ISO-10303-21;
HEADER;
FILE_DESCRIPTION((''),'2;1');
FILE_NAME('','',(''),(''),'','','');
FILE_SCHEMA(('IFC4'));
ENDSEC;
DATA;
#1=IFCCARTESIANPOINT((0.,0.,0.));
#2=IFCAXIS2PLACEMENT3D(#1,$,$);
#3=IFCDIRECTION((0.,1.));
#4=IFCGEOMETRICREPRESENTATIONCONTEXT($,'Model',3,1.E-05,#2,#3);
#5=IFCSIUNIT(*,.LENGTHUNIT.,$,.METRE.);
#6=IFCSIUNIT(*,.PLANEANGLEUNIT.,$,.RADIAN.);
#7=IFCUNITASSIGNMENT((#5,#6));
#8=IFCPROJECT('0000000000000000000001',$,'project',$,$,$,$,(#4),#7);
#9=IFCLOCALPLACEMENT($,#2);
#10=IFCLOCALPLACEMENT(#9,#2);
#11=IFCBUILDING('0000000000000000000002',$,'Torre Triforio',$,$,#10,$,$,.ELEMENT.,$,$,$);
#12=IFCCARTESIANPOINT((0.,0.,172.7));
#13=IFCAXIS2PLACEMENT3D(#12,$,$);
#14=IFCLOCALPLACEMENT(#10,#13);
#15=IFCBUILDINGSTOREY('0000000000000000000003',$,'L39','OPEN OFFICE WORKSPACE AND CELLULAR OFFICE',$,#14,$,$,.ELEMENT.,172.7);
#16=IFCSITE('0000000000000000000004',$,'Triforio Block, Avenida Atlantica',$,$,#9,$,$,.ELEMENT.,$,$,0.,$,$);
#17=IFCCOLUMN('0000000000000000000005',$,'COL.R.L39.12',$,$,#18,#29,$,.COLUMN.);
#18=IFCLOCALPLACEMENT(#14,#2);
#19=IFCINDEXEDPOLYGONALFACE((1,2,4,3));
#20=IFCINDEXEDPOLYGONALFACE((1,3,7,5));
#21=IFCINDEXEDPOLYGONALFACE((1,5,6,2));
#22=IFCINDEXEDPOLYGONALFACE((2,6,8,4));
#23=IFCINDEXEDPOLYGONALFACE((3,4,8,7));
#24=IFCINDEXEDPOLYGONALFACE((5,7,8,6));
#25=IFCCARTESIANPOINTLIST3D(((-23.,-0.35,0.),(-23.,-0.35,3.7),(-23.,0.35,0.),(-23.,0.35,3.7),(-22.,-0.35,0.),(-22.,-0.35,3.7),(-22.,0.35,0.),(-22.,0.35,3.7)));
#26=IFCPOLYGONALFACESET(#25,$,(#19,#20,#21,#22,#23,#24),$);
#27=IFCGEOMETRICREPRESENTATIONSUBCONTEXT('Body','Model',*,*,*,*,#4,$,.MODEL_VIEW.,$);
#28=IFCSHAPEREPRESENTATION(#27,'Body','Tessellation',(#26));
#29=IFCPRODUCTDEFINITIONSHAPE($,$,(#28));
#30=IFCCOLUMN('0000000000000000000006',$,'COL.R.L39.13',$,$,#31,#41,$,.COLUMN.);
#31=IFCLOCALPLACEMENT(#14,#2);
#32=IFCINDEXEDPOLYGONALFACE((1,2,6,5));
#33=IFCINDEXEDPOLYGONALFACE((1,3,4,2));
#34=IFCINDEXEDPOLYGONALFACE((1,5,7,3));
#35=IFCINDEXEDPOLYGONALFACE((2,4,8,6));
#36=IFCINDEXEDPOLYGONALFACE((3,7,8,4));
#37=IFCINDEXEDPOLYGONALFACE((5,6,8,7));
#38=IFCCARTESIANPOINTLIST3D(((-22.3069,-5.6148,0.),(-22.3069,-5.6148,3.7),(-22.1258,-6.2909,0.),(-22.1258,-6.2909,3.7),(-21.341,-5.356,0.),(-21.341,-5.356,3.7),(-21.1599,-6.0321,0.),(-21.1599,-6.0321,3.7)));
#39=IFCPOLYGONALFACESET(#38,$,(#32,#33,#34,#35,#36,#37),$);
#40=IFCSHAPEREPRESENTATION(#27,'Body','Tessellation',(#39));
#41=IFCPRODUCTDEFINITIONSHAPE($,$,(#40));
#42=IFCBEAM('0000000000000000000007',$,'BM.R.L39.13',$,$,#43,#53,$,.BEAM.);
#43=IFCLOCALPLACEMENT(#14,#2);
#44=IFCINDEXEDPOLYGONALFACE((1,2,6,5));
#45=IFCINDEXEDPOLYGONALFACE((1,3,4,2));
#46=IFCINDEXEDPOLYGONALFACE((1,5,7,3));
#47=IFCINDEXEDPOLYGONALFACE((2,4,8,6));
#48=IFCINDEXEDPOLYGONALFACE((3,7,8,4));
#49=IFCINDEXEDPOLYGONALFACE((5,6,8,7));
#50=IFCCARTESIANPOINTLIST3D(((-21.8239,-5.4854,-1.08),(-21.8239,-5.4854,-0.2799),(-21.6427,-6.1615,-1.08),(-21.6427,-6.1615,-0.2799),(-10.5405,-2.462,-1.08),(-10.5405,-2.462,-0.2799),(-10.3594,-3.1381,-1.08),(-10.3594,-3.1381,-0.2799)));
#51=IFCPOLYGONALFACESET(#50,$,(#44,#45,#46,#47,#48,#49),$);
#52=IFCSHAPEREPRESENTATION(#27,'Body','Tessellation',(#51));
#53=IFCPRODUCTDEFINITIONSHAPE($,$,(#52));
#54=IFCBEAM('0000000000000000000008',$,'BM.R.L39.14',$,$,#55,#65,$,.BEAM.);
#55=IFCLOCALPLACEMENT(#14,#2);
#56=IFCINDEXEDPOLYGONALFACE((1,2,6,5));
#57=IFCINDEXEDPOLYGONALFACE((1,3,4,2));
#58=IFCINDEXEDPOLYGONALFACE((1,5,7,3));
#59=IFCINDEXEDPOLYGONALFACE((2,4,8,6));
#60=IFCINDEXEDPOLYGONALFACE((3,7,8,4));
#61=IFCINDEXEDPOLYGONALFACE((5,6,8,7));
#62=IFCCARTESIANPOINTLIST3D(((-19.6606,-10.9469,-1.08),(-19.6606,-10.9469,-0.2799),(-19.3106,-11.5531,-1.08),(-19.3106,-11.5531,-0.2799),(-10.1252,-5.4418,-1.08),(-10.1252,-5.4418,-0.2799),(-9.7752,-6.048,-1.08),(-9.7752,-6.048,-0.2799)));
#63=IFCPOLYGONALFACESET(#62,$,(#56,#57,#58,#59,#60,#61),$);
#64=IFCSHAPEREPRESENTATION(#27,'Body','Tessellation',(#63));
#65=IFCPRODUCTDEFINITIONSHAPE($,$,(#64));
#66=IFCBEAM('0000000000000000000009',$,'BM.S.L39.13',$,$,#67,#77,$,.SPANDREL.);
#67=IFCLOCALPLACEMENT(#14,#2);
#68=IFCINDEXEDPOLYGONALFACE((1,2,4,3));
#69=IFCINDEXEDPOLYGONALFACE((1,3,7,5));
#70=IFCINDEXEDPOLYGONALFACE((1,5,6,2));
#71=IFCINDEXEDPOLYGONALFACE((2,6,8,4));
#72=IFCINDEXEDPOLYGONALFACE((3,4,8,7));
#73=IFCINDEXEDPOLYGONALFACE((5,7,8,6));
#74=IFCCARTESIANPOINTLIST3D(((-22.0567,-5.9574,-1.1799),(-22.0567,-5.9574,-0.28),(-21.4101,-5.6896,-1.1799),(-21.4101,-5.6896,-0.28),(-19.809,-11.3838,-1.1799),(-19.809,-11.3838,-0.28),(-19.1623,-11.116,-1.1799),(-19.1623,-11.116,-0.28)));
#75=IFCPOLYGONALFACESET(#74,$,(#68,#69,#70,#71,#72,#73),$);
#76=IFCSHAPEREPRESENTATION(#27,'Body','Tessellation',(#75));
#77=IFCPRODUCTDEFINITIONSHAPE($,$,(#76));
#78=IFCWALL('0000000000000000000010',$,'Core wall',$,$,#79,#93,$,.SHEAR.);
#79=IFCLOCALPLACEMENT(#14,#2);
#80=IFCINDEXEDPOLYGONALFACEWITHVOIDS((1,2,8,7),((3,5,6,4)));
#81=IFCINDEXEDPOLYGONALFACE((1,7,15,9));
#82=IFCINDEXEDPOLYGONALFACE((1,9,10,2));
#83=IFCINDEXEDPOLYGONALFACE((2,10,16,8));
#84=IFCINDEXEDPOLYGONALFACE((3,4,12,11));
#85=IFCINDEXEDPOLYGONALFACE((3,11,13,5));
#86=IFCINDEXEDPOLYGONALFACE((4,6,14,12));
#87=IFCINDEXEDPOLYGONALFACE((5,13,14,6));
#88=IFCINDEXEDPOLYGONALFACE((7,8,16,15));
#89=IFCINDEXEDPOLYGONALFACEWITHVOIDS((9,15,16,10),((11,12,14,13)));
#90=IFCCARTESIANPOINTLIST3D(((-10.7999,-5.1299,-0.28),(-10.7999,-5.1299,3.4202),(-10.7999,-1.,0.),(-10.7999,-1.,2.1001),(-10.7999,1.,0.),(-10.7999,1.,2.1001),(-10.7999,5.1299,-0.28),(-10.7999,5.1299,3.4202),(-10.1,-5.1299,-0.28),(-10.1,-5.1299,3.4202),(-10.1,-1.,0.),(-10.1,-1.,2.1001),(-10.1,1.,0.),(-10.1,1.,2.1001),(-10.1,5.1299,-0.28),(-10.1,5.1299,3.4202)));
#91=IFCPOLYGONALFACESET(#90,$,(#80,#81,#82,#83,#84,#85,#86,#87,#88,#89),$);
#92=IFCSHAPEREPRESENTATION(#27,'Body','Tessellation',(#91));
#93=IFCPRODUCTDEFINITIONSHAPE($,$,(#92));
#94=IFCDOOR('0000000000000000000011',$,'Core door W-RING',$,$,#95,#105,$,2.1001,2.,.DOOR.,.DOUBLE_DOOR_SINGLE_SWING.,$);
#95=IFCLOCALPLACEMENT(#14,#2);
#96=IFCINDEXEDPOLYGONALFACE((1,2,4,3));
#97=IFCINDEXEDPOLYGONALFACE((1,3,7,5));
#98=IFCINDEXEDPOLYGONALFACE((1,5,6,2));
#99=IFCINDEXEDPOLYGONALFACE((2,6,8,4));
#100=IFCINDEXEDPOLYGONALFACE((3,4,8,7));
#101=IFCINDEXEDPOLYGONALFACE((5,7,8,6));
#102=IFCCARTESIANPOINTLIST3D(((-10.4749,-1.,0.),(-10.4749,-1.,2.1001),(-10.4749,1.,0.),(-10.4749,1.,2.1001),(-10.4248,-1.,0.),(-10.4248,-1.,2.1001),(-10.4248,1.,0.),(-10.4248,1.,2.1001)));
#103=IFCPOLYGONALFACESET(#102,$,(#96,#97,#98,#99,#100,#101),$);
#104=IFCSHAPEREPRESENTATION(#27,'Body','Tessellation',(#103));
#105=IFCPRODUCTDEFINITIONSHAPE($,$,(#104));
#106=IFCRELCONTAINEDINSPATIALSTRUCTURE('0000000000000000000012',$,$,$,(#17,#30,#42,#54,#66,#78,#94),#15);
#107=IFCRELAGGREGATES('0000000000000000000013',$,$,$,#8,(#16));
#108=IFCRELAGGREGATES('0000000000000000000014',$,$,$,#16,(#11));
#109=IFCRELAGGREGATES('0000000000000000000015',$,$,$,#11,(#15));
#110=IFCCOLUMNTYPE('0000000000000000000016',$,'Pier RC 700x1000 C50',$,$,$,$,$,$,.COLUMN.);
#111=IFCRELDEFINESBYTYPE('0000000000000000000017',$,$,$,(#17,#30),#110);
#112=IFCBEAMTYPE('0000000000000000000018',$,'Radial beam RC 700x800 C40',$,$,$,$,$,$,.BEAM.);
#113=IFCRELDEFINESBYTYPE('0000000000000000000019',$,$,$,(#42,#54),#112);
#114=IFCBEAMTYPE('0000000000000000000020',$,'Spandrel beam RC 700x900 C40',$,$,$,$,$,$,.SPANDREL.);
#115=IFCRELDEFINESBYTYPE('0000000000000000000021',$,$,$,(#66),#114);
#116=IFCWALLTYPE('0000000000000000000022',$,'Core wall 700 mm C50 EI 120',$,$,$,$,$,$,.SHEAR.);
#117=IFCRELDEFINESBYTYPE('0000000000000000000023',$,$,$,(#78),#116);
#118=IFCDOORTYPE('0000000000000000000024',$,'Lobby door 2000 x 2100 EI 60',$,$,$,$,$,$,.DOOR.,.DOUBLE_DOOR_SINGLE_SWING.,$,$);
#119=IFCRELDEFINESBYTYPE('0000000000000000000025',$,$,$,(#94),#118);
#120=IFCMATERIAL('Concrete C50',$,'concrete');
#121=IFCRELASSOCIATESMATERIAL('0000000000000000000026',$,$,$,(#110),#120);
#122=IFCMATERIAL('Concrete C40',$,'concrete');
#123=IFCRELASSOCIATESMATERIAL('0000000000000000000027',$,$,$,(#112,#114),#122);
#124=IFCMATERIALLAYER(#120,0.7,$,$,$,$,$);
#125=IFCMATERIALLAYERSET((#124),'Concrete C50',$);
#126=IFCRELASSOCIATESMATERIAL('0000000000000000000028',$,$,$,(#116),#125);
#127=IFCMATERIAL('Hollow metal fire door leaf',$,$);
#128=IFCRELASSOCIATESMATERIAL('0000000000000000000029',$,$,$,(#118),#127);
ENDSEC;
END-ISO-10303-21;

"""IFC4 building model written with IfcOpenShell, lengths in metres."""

from ifc_helpers import new_model, si_unit, direction, frame, frame_2d, origin, origin_2d, place, context, subcontext, project, spatial, rectangle, extrude, material, layer, layer_set, material_profile, profile_set, type_object, element, fill, save


model = new_model("IFC4")

# Units and contexts
model_context = context("Model", 3, precision=1e-05, world=origin(), true_north=direction((0.0, 1.0)))
body_context = subcontext(model_context, "Body", "Model", "MODEL_VIEW")
ifc_project = project(units=[si_unit("LENGTHUNIT", "METRE"), si_unit("PLANEANGLEUNIT", "RADIAN")], contexts=[model_context])

# Site, building, storey
site_placement = place(None, origin())
site = spatial("IfcSite", under=ifc_project, at=site_placement, Name="Triforio Block, Avenida Atlantica", CompositionType="ELEMENT", RefElevation=0.0)
building_placement = place(site_placement, origin())
building = spatial("IfcBuilding", under=site, at=building_placement, Name="Torre Triforio", CompositionType="ELEMENT")
storey_placement = place(building_placement, frame((0.0, 0.0, 172.7)))
storey = spatial("IfcBuildingStorey", under=building, at=storey_placement, Name="L39", Description="OPEN OFFICE WORKSPACE AND CELLULAR OFFICE", CompositionType="ELEMENT", Elevation=172.7)

# Columns
ifc_material_1 = material(Name="Concrete C50", Category="concrete")
ifc_material_profile_1 = material_profile(ifc_material_1, rectangle(XDim=0.7, YDim=1.0, at=origin_2d()), Name="RC 700x1000")
ifc_profile_set_1 = profile_set([ifc_material_profile_1], Name="Concrete C50")
column_type = type_object("IfcColumnType", Name="Pier RC 700x1000 C50", PredefinedType="COLUMN", material=ifc_profile_set_1)
for number, where, z_axis, x_axis, name in (
    (1, (-22.5, 0.0, 0.0), (0.0, 0.0, 1.0), (0.0, -1.0, 0.0), "COL.R.L39.12"),
    (2, (-21.7334, -5.8235, 0.0), (0.0, 0.0, 1.0), (0.258819, -0.965926, 0.0), "COL.R.L39.13"),
):
    element("IfcColumn", number, at=place(storey_placement, frame(where, z_axis=z_axis, x_axis=x_axis)), inside=storey, type_object=column_type, Name=name, PredefinedType="COLUMN", context=body_context, shape_type="SweptSolid", body=[
        extrude(rectangle(XDim=0.7, YDim=1.0, at=origin_2d()), origin(), (0.0, 0.0, 1.0), 3.7),
    ])

# Beams
ifc_material_2 = material(Name="Concrete C40", Category="concrete")
ifc_material_profile_2 = material_profile(ifc_material_2, rectangle(XDim=0.7, YDim=0.8, at=origin_2d()), Name="RC 700x800")
ifc_profile_set_2 = profile_set([ifc_material_profile_2], Name="Concrete C40")
beam_type_1 = type_object("IfcBeamType", Name="Radial beam RC 700x800 C40", PredefinedType="BEAM", material=ifc_profile_set_2)
beam_1_placement = place(storey_placement, frame((-10.45, -2.8, -0.6799), z_axis=(-0.965925, -0.258823, 0.0), x_axis=(0.258823, -0.965925, 0.0)))
element("IfcBeam", 3, at=beam_1_placement, inside=storey, type_object=beam_type_1, Name="BM.R.L39.13", PredefinedType="BEAM", context=body_context, shape_type="SweptSolid", body=[
    extrude(rectangle(XDim=0.7, YDim=0.8, at=origin_2d()), origin(), (0.0, 0.0, 1.0), 11.6814),
])
beam_2_placement = place(storey_placement, frame((-9.9502, -5.7449, -0.6799), z_axis=(-0.866031, -0.499991, 0.0), x_axis=(0.499991, -0.866031, 0.0)))
element("IfcBeam", 4, at=beam_2_placement, inside=storey, type_object=beam_type_1, Name="BM.R.L39.14", PredefinedType="BEAM", context=body_context, shape_type="SweptSolid", body=[
    extrude(rectangle(XDim=0.7, YDim=0.8, at=origin_2d()), origin(), (0.0, 0.0, 1.0), 11.0105),
])
ifc_material_profile_3 = material_profile(ifc_material_2, rectangle(XDim=0.7, YDim=0.8999, at=origin_2d()), Name="RC 700x900")
ifc_profile_set_3 = profile_set([ifc_material_profile_3], Name="Concrete C40")
beam_type_2 = type_object("IfcBeamType", Name="Spandrel beam RC 700x900 C40", PredefinedType="SPANDREL", material=ifc_profile_set_3)
beam_3_placement = place(storey_placement, frame((-21.7334, -5.8235, -0.73), z_axis=(0.382693, -0.923875, 0.0), x_axis=(0.923875, 0.382693, 0.0)))
element("IfcBeam", 5, at=beam_3_placement, inside=storey, type_object=beam_type_2, Name="BM.S.L39.13", PredefinedType="SPANDREL", context=body_context, shape_type="SweptSolid", body=[
    extrude(rectangle(XDim=0.7, YDim=0.8999, at=origin_2d()), origin(), (0.0, 0.0, 1.0), 5.8735),
])

# Wall, opening, door
ifc_layer_1 = layer(ifc_material_1, 0.7)
ifc_layer_set_1 = layer_set([ifc_layer_1], Name="Concrete C50")
wall_type_1 = type_object("IfcWallType", Name="Core wall 700 mm C50 EI 120", PredefinedType="SHEAR", material=ifc_layer_set_1)
wall_1_placement = place(storey_placement, frame((-10.45, -5.1299, -0.28), z_axis=(0.0, 0.0, 1.0), x_axis=(0.0, 1.0, 0.0)))
wall_1 = element("IfcWall", 6, at=wall_1_placement, inside=storey, type_object=wall_type_1, Name="Core wall", PredefinedType="SHEAR", context=body_context, shape_type="SweptSolid", body=[
    extrude(rectangle(XDim=10.2598, YDim=0.7, at=frame_2d((5.1299, 0.0))), origin(), (0.0, 0.0, 1.0), 3.7002),
])
opening_1_placement = place(wall_1_placement, frame((4.1299, 0.0, 0.28)))
opening_1 = element("IfcOpeningElement", 7, at=opening_1_placement, cuts=wall_1, PredefinedType="OPENING", context=body_context, shape_type="SweptSolid", body=[
    extrude(rectangle(XDim=2.0, YDim=2.1001, at=frame_2d((1.0, 1.05))), frame((0.0, 0.3599, 0.0), z_axis=(0.0, -1.0, 0.0), x_axis=(1.0, 0.0, 0.0)), (0.0, 0.0, 1.0), 0.72),
])
ifc_material_3 = material(Name="Hollow metal fire door leaf")
door_type_1 = type_object("IfcDoorType", Name="Lobby door 2000 x 2100 EI 60", OperationType="DOUBLE_DOOR_SINGLE_SWING", PredefinedType="DOOR", material=ifc_material_3)
door_1_placement = place(opening_1_placement, origin())
door_1 = element("IfcDoor", 8, at=door_1_placement, inside=storey, type_object=door_type_1, Name="Core door W-RING", OperationType="DOUBLE_DOOR_SINGLE_SWING", OverallHeight=2.1001, OverallWidth=2.0, PredefinedType="DOOR", context=body_context, shape_type="SweptSolid", body=[
    extrude(rectangle(XDim=2.0, YDim=2.1001, at=frame_2d((1.0, 1.05))), frame((0.0, 0.0249, 0.0), z_axis=(0.0, -1.0, 0.0), x_axis=(1.0, 0.0, 0.0)), (0.0, 0.0, 1.0), 0.05),
])
fill(opening_1, door_1)

save(model, "model.ifc")
